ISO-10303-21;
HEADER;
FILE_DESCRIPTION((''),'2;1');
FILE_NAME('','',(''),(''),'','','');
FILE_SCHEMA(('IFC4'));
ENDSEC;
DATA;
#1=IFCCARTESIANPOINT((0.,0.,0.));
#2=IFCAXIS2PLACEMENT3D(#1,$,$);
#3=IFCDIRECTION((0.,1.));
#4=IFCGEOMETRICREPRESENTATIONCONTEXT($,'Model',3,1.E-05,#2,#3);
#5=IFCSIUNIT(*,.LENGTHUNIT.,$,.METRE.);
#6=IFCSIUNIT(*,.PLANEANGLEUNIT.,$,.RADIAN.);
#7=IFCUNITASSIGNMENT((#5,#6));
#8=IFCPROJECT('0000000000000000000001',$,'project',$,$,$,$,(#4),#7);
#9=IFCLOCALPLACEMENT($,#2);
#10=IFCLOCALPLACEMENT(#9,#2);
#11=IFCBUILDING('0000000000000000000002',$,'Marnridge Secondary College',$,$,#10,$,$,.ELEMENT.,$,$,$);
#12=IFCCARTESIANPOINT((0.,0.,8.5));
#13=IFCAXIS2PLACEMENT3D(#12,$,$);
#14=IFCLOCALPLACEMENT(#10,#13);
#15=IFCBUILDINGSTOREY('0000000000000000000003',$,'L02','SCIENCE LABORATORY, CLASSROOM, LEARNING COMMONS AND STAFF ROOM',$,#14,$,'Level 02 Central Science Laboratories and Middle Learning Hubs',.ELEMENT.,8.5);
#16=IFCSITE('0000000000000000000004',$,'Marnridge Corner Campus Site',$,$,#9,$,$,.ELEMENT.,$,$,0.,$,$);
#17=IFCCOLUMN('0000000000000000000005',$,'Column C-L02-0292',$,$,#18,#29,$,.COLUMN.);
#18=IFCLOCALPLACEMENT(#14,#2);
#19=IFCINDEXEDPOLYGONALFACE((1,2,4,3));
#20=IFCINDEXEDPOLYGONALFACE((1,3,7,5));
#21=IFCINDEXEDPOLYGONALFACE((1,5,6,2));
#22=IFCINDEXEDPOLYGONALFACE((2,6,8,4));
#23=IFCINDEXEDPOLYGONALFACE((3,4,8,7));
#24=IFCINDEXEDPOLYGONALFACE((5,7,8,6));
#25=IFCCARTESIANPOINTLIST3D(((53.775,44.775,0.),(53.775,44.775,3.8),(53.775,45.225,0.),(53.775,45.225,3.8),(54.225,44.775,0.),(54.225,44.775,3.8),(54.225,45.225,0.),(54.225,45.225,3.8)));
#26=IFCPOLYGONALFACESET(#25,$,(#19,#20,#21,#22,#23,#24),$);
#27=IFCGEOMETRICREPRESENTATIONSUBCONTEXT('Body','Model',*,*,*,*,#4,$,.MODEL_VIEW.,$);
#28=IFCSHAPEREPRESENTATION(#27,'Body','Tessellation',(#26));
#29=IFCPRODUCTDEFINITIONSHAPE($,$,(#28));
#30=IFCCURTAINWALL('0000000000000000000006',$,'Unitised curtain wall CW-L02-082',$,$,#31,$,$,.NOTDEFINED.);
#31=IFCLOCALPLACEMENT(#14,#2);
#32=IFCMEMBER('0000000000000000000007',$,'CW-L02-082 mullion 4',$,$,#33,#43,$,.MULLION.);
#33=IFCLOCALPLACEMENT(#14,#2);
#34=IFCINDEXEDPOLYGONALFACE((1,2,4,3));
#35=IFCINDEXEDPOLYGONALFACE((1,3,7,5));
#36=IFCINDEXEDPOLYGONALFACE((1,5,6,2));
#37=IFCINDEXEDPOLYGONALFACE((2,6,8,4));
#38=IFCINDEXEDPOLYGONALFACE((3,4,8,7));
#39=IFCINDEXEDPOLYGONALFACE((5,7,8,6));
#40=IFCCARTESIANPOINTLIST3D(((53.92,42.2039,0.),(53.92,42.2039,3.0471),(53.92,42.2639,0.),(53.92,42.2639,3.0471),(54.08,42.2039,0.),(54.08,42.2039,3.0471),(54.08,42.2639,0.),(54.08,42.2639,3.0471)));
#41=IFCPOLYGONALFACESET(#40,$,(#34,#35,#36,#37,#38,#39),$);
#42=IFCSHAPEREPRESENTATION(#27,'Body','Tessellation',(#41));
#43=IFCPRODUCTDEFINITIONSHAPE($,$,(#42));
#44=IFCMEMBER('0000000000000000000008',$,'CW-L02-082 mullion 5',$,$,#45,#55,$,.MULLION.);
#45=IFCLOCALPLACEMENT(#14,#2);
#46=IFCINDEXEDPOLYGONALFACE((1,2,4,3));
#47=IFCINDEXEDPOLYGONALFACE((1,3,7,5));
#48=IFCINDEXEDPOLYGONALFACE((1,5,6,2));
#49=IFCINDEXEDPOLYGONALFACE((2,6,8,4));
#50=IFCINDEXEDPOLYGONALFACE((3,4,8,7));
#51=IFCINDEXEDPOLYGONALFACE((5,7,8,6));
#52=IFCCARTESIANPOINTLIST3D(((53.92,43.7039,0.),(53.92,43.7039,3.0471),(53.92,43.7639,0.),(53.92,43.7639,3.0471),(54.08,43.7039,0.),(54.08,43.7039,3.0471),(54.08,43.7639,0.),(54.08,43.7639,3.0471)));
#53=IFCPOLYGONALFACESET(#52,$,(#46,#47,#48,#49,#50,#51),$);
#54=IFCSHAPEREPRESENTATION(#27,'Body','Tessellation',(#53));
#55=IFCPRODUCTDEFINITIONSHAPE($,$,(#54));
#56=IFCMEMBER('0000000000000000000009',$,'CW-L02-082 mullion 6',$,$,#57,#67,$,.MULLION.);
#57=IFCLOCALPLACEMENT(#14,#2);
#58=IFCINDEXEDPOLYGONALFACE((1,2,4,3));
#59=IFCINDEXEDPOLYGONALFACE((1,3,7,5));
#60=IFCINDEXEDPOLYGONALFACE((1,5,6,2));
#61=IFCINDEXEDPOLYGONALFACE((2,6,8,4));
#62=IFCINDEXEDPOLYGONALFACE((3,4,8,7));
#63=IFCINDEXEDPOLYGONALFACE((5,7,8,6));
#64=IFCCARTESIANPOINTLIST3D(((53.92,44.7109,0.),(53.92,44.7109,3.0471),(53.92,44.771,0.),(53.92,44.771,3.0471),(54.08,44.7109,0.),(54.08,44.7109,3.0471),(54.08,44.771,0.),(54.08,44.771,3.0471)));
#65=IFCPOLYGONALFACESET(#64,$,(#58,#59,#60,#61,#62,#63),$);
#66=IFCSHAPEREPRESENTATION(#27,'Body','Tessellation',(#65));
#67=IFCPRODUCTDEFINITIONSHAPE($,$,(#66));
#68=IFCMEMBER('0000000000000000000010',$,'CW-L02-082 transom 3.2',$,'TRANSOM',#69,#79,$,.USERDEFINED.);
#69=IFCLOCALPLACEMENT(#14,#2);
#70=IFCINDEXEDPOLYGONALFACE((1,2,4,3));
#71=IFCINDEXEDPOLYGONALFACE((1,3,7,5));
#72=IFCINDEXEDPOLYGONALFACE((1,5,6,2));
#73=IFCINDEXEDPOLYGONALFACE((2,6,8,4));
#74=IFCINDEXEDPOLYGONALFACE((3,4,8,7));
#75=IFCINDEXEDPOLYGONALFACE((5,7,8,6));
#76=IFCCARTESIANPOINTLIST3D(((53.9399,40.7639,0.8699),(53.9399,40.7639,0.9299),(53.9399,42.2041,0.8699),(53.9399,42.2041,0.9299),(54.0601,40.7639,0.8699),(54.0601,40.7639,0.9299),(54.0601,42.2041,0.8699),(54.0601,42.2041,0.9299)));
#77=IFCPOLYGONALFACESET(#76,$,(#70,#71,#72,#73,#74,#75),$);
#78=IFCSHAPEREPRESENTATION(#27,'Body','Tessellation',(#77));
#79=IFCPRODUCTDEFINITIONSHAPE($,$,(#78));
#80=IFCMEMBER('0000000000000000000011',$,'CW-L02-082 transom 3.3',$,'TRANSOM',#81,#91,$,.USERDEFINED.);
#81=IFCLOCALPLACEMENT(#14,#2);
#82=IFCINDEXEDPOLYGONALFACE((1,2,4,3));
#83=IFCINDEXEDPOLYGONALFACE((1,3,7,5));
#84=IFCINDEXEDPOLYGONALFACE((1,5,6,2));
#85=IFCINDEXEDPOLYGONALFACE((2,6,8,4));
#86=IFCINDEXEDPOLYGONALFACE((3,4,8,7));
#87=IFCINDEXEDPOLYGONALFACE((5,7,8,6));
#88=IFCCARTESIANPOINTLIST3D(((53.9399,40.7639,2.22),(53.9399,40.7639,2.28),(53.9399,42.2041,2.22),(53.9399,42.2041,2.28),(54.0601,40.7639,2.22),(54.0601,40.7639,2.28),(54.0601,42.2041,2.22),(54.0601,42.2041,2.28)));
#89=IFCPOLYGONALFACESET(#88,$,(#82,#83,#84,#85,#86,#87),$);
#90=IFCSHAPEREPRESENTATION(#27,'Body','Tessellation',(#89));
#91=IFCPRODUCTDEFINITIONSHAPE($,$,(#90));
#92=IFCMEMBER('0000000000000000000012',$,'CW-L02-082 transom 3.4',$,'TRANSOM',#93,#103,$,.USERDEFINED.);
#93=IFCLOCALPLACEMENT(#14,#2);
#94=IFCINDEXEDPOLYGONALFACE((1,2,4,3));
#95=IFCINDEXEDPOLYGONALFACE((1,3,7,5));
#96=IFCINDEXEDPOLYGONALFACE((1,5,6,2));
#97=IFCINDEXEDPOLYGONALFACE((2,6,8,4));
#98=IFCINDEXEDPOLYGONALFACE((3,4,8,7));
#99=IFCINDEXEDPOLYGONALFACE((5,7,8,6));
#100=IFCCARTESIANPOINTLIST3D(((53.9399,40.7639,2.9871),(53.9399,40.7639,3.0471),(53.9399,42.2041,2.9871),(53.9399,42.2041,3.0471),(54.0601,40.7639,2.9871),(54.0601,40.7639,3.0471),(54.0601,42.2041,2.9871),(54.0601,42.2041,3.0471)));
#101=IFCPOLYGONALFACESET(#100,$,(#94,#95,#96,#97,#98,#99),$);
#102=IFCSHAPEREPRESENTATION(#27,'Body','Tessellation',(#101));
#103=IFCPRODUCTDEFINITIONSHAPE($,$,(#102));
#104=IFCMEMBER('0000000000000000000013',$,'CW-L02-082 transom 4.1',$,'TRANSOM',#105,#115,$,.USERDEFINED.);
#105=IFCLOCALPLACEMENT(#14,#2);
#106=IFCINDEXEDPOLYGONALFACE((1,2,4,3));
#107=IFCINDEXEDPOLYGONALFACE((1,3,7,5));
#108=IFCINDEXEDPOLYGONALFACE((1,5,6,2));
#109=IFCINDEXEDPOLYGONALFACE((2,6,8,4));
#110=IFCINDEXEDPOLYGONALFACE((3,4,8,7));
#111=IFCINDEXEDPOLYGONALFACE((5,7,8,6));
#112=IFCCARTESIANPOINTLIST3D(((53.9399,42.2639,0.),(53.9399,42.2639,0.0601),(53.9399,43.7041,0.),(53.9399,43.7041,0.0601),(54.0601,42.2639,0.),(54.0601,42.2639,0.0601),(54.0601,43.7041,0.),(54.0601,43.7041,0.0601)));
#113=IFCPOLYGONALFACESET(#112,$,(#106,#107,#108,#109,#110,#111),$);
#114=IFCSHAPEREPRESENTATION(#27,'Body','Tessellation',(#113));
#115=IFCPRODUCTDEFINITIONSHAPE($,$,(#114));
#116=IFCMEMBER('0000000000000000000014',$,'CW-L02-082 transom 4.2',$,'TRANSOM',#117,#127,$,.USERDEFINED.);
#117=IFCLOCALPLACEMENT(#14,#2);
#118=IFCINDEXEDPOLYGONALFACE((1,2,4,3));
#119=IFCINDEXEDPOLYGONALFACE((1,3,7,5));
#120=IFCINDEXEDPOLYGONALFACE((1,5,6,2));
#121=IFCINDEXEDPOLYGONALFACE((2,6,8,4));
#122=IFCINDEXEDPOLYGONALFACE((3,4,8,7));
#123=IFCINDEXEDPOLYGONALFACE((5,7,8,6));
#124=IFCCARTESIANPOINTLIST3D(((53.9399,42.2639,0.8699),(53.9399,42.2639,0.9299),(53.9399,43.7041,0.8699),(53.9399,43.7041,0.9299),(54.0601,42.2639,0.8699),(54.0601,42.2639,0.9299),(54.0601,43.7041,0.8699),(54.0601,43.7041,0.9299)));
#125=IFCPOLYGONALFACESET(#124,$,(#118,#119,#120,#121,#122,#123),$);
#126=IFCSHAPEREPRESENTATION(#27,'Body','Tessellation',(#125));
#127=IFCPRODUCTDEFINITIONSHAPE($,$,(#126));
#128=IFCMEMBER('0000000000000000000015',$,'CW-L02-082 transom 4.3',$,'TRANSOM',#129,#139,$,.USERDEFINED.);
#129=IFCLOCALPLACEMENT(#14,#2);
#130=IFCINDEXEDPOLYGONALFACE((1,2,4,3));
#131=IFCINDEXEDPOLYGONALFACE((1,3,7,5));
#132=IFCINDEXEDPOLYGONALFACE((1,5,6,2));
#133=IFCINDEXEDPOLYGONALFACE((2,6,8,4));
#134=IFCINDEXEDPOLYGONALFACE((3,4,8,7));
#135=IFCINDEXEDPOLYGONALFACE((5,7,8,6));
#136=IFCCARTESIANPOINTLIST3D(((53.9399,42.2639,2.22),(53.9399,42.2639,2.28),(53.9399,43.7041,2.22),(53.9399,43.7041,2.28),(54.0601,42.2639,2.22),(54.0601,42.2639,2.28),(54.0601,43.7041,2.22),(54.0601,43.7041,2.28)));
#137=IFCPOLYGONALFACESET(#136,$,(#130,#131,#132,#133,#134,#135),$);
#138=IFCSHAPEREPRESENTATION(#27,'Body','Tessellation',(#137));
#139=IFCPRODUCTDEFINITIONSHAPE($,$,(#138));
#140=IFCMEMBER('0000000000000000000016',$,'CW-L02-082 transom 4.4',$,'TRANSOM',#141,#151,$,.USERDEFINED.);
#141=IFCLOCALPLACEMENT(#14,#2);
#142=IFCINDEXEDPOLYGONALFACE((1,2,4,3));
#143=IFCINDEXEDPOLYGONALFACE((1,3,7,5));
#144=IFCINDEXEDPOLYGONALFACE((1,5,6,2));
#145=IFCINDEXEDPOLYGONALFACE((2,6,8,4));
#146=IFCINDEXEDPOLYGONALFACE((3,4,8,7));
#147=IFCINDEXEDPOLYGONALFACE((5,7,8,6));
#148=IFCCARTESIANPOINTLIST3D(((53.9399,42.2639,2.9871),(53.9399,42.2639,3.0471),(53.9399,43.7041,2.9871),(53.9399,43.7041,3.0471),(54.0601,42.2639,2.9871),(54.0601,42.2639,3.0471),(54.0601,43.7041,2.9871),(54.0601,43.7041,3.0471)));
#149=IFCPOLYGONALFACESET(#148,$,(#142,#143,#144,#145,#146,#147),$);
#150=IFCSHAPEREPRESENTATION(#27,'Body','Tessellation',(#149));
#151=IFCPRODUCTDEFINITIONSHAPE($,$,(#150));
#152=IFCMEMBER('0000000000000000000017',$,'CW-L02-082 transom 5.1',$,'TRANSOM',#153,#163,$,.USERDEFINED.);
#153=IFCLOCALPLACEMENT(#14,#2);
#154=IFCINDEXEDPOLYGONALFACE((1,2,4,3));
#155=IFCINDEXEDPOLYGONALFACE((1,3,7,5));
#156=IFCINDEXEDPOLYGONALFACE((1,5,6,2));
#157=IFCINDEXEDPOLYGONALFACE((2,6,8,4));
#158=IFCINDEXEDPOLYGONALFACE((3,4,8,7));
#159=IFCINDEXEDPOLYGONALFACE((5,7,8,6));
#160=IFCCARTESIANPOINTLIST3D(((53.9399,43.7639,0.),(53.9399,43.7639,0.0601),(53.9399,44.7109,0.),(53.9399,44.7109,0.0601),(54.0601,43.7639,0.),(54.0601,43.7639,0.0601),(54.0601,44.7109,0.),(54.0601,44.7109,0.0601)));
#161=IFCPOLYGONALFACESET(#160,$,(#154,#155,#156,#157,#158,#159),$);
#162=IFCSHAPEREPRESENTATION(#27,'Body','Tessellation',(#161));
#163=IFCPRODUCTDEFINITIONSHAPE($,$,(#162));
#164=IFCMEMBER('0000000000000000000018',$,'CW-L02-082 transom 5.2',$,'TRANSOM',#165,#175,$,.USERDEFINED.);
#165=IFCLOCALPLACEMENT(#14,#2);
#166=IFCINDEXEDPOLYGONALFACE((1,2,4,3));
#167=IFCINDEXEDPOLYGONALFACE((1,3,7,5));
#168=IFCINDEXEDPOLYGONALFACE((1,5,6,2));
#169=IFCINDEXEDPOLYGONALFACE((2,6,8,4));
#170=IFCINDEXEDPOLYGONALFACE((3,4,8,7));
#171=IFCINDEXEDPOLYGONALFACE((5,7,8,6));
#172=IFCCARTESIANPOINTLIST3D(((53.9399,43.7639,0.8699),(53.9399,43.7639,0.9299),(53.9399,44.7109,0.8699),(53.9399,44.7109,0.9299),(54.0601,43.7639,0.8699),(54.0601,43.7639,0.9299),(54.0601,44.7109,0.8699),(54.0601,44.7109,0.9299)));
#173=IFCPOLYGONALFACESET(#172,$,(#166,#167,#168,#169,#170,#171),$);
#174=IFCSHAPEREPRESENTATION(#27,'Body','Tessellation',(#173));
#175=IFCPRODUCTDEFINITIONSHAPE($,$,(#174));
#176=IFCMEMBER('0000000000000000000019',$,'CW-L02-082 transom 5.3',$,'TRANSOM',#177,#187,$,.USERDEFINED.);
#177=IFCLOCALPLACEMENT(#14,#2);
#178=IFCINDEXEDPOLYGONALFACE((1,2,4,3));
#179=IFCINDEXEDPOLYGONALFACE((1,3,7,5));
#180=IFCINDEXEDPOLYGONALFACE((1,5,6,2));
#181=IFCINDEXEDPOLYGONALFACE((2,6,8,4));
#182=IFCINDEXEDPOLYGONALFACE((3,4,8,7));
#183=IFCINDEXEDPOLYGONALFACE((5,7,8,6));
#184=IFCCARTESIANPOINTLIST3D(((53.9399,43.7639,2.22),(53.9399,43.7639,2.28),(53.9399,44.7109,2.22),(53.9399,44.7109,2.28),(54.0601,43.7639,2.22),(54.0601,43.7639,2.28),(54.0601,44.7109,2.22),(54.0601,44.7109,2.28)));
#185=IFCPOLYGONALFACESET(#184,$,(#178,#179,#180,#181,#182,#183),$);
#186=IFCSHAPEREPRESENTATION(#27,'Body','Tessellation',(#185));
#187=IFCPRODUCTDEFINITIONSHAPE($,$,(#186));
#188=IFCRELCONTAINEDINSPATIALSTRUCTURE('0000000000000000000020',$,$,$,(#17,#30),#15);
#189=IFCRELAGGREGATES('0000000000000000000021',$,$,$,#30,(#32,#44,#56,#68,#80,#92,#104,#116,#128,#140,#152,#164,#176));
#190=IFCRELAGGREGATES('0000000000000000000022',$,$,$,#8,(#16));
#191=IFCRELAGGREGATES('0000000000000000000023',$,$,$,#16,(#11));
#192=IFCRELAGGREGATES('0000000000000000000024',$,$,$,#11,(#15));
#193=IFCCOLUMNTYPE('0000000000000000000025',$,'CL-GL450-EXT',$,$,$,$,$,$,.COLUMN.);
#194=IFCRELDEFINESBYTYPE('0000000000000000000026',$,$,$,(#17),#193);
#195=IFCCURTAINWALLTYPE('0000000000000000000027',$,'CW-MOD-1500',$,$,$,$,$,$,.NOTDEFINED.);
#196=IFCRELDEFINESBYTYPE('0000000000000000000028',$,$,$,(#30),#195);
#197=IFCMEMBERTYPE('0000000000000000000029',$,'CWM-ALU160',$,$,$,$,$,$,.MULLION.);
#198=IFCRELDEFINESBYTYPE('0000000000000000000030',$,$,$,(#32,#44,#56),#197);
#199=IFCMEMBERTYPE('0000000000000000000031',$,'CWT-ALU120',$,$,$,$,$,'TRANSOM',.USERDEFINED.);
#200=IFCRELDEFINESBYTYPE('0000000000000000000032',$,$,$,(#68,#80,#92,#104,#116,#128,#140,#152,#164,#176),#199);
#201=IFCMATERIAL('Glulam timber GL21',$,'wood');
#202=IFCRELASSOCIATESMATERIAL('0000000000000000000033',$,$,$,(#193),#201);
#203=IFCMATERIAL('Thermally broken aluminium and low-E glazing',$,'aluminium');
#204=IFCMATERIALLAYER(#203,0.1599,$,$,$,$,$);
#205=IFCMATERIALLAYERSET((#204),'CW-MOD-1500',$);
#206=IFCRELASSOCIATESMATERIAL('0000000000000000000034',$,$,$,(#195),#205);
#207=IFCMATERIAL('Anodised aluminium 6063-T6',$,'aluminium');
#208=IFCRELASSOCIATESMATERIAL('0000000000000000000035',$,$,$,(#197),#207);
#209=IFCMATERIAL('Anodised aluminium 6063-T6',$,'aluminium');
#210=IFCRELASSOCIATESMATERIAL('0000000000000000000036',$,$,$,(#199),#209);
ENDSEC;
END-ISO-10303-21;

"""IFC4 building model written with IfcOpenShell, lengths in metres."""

from ifc_helpers import new_model, si_unit, direction, frame, origin, origin_2d, place, context, subcontext, project, spatial, rectangle, extrude, material, layer, layer_set, material_profile, profile_set, type_object, element, aggregate, save


model = new_model("IFC4")

# Units and contexts
model_context = context("Model", 3, precision=1e-05, world=origin(), true_north=direction((0.0, 1.0)))
body_context = subcontext(model_context, "Body", "Model", "MODEL_VIEW")
ifc_project = project(units=[si_unit("LENGTHUNIT", "METRE"), si_unit("PLANEANGLEUNIT", "RADIAN")], contexts=[model_context])

# Site, building, storey
site_placement = place(None, origin())
site = spatial("IfcSite", under=ifc_project, at=site_placement, Name="Marnridge Corner Campus Site", CompositionType="ELEMENT", RefElevation=0.0)
building_placement = place(site_placement, origin())
building = spatial("IfcBuilding", under=site, at=building_placement, Name="Marnridge Secondary College", CompositionType="ELEMENT")
storey_placement = place(building_placement, frame((0.0, 0.0, 8.5)))
storey = spatial("IfcBuildingStorey", under=building, at=storey_placement, Name="L02", Description="SCIENCE LABORATORY, CLASSROOM, LEARNING COMMONS AND STAFF ROOM", LongName="Level 02 Central Science Laboratories and Middle Learning Hubs", CompositionType="ELEMENT", Elevation=8.5)

# Column
ifc_material_1 = material(Name="Glulam timber GL21", Category="wood")
ifc_material_profile_1 = material_profile(ifc_material_1, rectangle(XDim=0.45, YDim=0.45, at=origin_2d()), Name="GL21 450x450")
ifc_profile_set_1 = profile_set([ifc_material_profile_1], Name="Glulam timber GL21")
column_type = type_object("IfcColumnType", Name="CL-GL450-EXT", PredefinedType="COLUMN", material=ifc_profile_set_1)
column_placement = place(storey_placement, frame((54.0, 45.0, 0.0), z_axis=(0.0, 0.0, 1.0), x_axis=(1.0, 0.0, 0.0)))
element("IfcColumn", 1, at=column_placement, inside=storey, type_object=column_type, Name="Column C-L02-0292", PredefinedType="COLUMN", context=body_context, shape_type="SweptSolid", body=[
    extrude(rectangle(XDim=0.45, YDim=0.45, at=origin_2d()), origin(), (0.0, 0.0, 1.0), 3.8),
])

# Curtain wall, members
ifc_material_2 = material(Name="Thermally broken aluminium and low-E glazing", Category="aluminium")
ifc_layer_1 = layer(ifc_material_2, 0.1599)
ifc_layer_set_1 = layer_set([ifc_layer_1], Name="CW-MOD-1500")
curtain_wall_type = type_object("IfcCurtainWallType", Name="CW-MOD-1500", PredefinedType="NOTDEFINED", material=ifc_layer_set_1)
curtain_wall_placement = place(storey_placement, origin())
curtain_wall = element("IfcCurtainWall", 2, at=curtain_wall_placement, inside=storey, type_object=curtain_wall_type, Name="Unitised curtain wall CW-L02-082", PredefinedType="NOTDEFINED")
ifc_material_3 = material(Name="Anodised aluminium 6063-T6", Category="aluminium")
ifc_material_profile_2 = material_profile(ifc_material_3, rectangle(XDim=0.0601, YDim=0.1599, at=origin_2d()), Name="ALU 60x160")
ifc_profile_set_2 = profile_set([ifc_material_profile_2], Name="Anodised aluminium 6063-T6")
member_type_1 = type_object("IfcMemberType", Name="CWM-ALU160", PredefinedType="MULLION", material=ifc_profile_set_2)
member_1_placement = place(storey_placement, frame((54.0, 42.2339, 0.0), z_axis=(0.0, 0.0, 1.0), x_axis=(0.0, 1.0, 0.0)))
member_1 = element("IfcMember", 3, at=member_1_placement, type_object=member_type_1, Name="CW-L02-082 mullion 4", PredefinedType="MULLION", context=body_context, shape_type="SweptSolid", body=[
    extrude(rectangle(XDim=0.0601, YDim=0.1599, at=origin_2d()), origin(), (0.0, 0.0, 1.0), 3.0471),
])
member_2_placement = place(storey_placement, frame((54.0, 43.7339, 0.0), z_axis=(0.0, 0.0, 1.0), x_axis=(0.0, 1.0, 0.0)))
member_2 = element("IfcMember", 4, at=member_2_placement, type_object=member_type_1, Name="CW-L02-082 mullion 5", PredefinedType="MULLION", context=body_context, shape_type="SweptSolid", body=[
    extrude(rectangle(XDim=0.0601, YDim=0.1599, at=origin_2d()), origin(), (0.0, 0.0, 1.0), 3.0471),
])
member_3_placement = place(storey_placement, frame((54.0, 44.741, 0.0), z_axis=(0.0, 0.0, 1.0), x_axis=(0.0, 1.0, 0.0)))
member_3 = element("IfcMember", 5, at=member_3_placement, type_object=member_type_1, Name="CW-L02-082 mullion 6", PredefinedType="MULLION", context=body_context, shape_type="SweptSolid", body=[
    extrude(rectangle(XDim=0.0601, YDim=0.1599, at=origin_2d()), origin(), (0.0, 0.0, 1.0), 3.0471),
])
ifc_material_4 = material(Name="Anodised aluminium 6063-T6", Category="aluminium")
ifc_material_profile_3 = material_profile(ifc_material_4, rectangle(XDim=0.0601, YDim=0.1201, at=origin_2d()), Name="ALU 60x120")
ifc_profile_set_3 = profile_set([ifc_material_profile_3], Name="Anodised aluminium 6063-T6")
member_type_2 = type_object("IfcMemberType", Name="CWT-ALU120", ElementType="TRANSOM", PredefinedType="USERDEFINED", material=ifc_profile_set_3)
member_4_placement = place(storey_placement, frame((54.0, 40.7639, 0.8999), z_axis=(0.0, 1.0, 0.0), x_axis=(0.0, 0.0, 1.0)))
member_4 = element("IfcMember", 6, at=member_4_placement, type_object=member_type_2, Name="CW-L02-082 transom 3.2", ObjectType="TRANSOM", PredefinedType="USERDEFINED", context=body_context, shape_type="SweptSolid", body=[
    extrude(rectangle(XDim=0.0601, YDim=0.1201, at=origin_2d()), origin(), (0.0, 0.0, 1.0), 1.4402),
])
member_5_placement = place(storey_placement, frame((54.0, 40.7639, 2.25), z_axis=(0.0, 1.0, 0.0), x_axis=(0.0, 0.0, 1.0)))
member_5 = element("IfcMember", 7, at=member_5_placement, type_object=member_type_2, Name="CW-L02-082 transom 3.3", ObjectType="TRANSOM", PredefinedType="USERDEFINED", context=body_context, shape_type="SweptSolid", body=[
    extrude(rectangle(XDim=0.0601, YDim=0.1201, at=origin_2d()), origin(), (0.0, 0.0, 1.0), 1.4402),
])
member_6_placement = place(storey_placement, frame((54.0, 40.7639, 3.0171), z_axis=(0.0, 1.0, 0.0), x_axis=(0.0, 0.0, 1.0)))
member_6 = element("IfcMember", 8, at=member_6_placement, type_object=member_type_2, Name="CW-L02-082 transom 3.4", ObjectType="TRANSOM", PredefinedType="USERDEFINED", context=body_context, shape_type="SweptSolid", body=[
    extrude(rectangle(XDim=0.0601, YDim=0.1201, at=origin_2d()), origin(), (0.0, 0.0, 1.0), 1.4402),
])
member_7_placement = place(storey_placement, frame((54.0, 42.2639, 0.03), z_axis=(0.0, 1.0, 0.0), x_axis=(0.0, 0.0, 1.0)))
member_7 = element("IfcMember", 9, at=member_7_placement, type_object=member_type_2, Name="CW-L02-082 transom 4.1", ObjectType="TRANSOM", PredefinedType="USERDEFINED", context=body_context, shape_type="SweptSolid", body=[
    extrude(rectangle(XDim=0.0601, YDim=0.1201, at=origin_2d()), origin(), (0.0, 0.0, 1.0), 1.4402),
])
member_8_placement = place(storey_placement, frame((54.0, 42.2639, 0.8999), z_axis=(0.0, 1.0, 0.0), x_axis=(0.0, 0.0, 1.0)))
member_8 = element("IfcMember", 10, at=member_8_placement, type_object=member_type_2, Name="CW-L02-082 transom 4.2", ObjectType="TRANSOM", PredefinedType="USERDEFINED", context=body_context, shape_type="SweptSolid", body=[
    extrude(rectangle(XDim=0.0601, YDim=0.1201, at=origin_2d()), origin(), (0.0, 0.0, 1.0), 1.4402),
])
member_9_placement = place(storey_placement, frame((54.0, 42.2639, 2.25), z_axis=(0.0, 1.0, 0.0), x_axis=(0.0, 0.0, 1.0)))
member_9 = element("IfcMember", 11, at=member_9_placement, type_object=member_type_2, Name="CW-L02-082 transom 4.3", ObjectType="TRANSOM", PredefinedType="USERDEFINED", context=body_context, shape_type="SweptSolid", body=[
    extrude(rectangle(XDim=0.0601, YDim=0.1201, at=origin_2d()), origin(), (0.0, 0.0, 1.0), 1.4402),
])
member_10_placement = place(storey_placement, frame((54.0, 42.2639, 3.0171), z_axis=(0.0, 1.0, 0.0), x_axis=(0.0, 0.0, 1.0)))
member_10 = element("IfcMember", 12, at=member_10_placement, type_object=member_type_2, Name="CW-L02-082 transom 4.4", ObjectType="TRANSOM", PredefinedType="USERDEFINED", context=body_context, shape_type="SweptSolid", body=[
    extrude(rectangle(XDim=0.0601, YDim=0.1201, at=origin_2d()), origin(), (0.0, 0.0, 1.0), 1.4402),
])
member_11_placement = place(storey_placement, frame((54.0, 43.7639, 0.03), z_axis=(0.0, 1.0, 0.0), x_axis=(0.0, 0.0, 1.0)))
member_11 = element("IfcMember", 13, at=member_11_placement, type_object=member_type_2, Name="CW-L02-082 transom 5.1", ObjectType="TRANSOM", PredefinedType="USERDEFINED", context=body_context, shape_type="SweptSolid", body=[
    extrude(rectangle(XDim=0.0601, YDim=0.1201, at=origin_2d()), origin(), (0.0, 0.0, 1.0), 0.947),
])
member_12_placement = place(storey_placement, frame((54.0, 43.7639, 0.8999), z_axis=(0.0, 1.0, 0.0), x_axis=(0.0, 0.0, 1.0)))
member_12 = element("IfcMember", 14, at=member_12_placement, type_object=member_type_2, Name="CW-L02-082 transom 5.2", ObjectType="TRANSOM", PredefinedType="USERDEFINED", context=body_context, shape_type="SweptSolid", body=[
    extrude(rectangle(XDim=0.0601, YDim=0.1201, at=origin_2d()), origin(), (0.0, 0.0, 1.0), 0.947),
])
member_13_placement = place(storey_placement, frame((54.0, 43.7639, 2.25), z_axis=(0.0, 1.0, 0.0), x_axis=(0.0, 0.0, 1.0)))
member_13 = element("IfcMember", 15, at=member_13_placement, type_object=member_type_2, Name="CW-L02-082 transom 5.3", ObjectType="TRANSOM", PredefinedType="USERDEFINED", context=body_context, shape_type="SweptSolid", body=[
    extrude(rectangle(XDim=0.0601, YDim=0.1201, at=origin_2d()), origin(), (0.0, 0.0, 1.0), 0.947),
])
aggregate(curtain_wall, [member_1, member_2, member_3, member_4, member_5, member_6, member_7, member_8, member_9, member_10, member_11, member_12, member_13])

save(model, "model.ifc")
